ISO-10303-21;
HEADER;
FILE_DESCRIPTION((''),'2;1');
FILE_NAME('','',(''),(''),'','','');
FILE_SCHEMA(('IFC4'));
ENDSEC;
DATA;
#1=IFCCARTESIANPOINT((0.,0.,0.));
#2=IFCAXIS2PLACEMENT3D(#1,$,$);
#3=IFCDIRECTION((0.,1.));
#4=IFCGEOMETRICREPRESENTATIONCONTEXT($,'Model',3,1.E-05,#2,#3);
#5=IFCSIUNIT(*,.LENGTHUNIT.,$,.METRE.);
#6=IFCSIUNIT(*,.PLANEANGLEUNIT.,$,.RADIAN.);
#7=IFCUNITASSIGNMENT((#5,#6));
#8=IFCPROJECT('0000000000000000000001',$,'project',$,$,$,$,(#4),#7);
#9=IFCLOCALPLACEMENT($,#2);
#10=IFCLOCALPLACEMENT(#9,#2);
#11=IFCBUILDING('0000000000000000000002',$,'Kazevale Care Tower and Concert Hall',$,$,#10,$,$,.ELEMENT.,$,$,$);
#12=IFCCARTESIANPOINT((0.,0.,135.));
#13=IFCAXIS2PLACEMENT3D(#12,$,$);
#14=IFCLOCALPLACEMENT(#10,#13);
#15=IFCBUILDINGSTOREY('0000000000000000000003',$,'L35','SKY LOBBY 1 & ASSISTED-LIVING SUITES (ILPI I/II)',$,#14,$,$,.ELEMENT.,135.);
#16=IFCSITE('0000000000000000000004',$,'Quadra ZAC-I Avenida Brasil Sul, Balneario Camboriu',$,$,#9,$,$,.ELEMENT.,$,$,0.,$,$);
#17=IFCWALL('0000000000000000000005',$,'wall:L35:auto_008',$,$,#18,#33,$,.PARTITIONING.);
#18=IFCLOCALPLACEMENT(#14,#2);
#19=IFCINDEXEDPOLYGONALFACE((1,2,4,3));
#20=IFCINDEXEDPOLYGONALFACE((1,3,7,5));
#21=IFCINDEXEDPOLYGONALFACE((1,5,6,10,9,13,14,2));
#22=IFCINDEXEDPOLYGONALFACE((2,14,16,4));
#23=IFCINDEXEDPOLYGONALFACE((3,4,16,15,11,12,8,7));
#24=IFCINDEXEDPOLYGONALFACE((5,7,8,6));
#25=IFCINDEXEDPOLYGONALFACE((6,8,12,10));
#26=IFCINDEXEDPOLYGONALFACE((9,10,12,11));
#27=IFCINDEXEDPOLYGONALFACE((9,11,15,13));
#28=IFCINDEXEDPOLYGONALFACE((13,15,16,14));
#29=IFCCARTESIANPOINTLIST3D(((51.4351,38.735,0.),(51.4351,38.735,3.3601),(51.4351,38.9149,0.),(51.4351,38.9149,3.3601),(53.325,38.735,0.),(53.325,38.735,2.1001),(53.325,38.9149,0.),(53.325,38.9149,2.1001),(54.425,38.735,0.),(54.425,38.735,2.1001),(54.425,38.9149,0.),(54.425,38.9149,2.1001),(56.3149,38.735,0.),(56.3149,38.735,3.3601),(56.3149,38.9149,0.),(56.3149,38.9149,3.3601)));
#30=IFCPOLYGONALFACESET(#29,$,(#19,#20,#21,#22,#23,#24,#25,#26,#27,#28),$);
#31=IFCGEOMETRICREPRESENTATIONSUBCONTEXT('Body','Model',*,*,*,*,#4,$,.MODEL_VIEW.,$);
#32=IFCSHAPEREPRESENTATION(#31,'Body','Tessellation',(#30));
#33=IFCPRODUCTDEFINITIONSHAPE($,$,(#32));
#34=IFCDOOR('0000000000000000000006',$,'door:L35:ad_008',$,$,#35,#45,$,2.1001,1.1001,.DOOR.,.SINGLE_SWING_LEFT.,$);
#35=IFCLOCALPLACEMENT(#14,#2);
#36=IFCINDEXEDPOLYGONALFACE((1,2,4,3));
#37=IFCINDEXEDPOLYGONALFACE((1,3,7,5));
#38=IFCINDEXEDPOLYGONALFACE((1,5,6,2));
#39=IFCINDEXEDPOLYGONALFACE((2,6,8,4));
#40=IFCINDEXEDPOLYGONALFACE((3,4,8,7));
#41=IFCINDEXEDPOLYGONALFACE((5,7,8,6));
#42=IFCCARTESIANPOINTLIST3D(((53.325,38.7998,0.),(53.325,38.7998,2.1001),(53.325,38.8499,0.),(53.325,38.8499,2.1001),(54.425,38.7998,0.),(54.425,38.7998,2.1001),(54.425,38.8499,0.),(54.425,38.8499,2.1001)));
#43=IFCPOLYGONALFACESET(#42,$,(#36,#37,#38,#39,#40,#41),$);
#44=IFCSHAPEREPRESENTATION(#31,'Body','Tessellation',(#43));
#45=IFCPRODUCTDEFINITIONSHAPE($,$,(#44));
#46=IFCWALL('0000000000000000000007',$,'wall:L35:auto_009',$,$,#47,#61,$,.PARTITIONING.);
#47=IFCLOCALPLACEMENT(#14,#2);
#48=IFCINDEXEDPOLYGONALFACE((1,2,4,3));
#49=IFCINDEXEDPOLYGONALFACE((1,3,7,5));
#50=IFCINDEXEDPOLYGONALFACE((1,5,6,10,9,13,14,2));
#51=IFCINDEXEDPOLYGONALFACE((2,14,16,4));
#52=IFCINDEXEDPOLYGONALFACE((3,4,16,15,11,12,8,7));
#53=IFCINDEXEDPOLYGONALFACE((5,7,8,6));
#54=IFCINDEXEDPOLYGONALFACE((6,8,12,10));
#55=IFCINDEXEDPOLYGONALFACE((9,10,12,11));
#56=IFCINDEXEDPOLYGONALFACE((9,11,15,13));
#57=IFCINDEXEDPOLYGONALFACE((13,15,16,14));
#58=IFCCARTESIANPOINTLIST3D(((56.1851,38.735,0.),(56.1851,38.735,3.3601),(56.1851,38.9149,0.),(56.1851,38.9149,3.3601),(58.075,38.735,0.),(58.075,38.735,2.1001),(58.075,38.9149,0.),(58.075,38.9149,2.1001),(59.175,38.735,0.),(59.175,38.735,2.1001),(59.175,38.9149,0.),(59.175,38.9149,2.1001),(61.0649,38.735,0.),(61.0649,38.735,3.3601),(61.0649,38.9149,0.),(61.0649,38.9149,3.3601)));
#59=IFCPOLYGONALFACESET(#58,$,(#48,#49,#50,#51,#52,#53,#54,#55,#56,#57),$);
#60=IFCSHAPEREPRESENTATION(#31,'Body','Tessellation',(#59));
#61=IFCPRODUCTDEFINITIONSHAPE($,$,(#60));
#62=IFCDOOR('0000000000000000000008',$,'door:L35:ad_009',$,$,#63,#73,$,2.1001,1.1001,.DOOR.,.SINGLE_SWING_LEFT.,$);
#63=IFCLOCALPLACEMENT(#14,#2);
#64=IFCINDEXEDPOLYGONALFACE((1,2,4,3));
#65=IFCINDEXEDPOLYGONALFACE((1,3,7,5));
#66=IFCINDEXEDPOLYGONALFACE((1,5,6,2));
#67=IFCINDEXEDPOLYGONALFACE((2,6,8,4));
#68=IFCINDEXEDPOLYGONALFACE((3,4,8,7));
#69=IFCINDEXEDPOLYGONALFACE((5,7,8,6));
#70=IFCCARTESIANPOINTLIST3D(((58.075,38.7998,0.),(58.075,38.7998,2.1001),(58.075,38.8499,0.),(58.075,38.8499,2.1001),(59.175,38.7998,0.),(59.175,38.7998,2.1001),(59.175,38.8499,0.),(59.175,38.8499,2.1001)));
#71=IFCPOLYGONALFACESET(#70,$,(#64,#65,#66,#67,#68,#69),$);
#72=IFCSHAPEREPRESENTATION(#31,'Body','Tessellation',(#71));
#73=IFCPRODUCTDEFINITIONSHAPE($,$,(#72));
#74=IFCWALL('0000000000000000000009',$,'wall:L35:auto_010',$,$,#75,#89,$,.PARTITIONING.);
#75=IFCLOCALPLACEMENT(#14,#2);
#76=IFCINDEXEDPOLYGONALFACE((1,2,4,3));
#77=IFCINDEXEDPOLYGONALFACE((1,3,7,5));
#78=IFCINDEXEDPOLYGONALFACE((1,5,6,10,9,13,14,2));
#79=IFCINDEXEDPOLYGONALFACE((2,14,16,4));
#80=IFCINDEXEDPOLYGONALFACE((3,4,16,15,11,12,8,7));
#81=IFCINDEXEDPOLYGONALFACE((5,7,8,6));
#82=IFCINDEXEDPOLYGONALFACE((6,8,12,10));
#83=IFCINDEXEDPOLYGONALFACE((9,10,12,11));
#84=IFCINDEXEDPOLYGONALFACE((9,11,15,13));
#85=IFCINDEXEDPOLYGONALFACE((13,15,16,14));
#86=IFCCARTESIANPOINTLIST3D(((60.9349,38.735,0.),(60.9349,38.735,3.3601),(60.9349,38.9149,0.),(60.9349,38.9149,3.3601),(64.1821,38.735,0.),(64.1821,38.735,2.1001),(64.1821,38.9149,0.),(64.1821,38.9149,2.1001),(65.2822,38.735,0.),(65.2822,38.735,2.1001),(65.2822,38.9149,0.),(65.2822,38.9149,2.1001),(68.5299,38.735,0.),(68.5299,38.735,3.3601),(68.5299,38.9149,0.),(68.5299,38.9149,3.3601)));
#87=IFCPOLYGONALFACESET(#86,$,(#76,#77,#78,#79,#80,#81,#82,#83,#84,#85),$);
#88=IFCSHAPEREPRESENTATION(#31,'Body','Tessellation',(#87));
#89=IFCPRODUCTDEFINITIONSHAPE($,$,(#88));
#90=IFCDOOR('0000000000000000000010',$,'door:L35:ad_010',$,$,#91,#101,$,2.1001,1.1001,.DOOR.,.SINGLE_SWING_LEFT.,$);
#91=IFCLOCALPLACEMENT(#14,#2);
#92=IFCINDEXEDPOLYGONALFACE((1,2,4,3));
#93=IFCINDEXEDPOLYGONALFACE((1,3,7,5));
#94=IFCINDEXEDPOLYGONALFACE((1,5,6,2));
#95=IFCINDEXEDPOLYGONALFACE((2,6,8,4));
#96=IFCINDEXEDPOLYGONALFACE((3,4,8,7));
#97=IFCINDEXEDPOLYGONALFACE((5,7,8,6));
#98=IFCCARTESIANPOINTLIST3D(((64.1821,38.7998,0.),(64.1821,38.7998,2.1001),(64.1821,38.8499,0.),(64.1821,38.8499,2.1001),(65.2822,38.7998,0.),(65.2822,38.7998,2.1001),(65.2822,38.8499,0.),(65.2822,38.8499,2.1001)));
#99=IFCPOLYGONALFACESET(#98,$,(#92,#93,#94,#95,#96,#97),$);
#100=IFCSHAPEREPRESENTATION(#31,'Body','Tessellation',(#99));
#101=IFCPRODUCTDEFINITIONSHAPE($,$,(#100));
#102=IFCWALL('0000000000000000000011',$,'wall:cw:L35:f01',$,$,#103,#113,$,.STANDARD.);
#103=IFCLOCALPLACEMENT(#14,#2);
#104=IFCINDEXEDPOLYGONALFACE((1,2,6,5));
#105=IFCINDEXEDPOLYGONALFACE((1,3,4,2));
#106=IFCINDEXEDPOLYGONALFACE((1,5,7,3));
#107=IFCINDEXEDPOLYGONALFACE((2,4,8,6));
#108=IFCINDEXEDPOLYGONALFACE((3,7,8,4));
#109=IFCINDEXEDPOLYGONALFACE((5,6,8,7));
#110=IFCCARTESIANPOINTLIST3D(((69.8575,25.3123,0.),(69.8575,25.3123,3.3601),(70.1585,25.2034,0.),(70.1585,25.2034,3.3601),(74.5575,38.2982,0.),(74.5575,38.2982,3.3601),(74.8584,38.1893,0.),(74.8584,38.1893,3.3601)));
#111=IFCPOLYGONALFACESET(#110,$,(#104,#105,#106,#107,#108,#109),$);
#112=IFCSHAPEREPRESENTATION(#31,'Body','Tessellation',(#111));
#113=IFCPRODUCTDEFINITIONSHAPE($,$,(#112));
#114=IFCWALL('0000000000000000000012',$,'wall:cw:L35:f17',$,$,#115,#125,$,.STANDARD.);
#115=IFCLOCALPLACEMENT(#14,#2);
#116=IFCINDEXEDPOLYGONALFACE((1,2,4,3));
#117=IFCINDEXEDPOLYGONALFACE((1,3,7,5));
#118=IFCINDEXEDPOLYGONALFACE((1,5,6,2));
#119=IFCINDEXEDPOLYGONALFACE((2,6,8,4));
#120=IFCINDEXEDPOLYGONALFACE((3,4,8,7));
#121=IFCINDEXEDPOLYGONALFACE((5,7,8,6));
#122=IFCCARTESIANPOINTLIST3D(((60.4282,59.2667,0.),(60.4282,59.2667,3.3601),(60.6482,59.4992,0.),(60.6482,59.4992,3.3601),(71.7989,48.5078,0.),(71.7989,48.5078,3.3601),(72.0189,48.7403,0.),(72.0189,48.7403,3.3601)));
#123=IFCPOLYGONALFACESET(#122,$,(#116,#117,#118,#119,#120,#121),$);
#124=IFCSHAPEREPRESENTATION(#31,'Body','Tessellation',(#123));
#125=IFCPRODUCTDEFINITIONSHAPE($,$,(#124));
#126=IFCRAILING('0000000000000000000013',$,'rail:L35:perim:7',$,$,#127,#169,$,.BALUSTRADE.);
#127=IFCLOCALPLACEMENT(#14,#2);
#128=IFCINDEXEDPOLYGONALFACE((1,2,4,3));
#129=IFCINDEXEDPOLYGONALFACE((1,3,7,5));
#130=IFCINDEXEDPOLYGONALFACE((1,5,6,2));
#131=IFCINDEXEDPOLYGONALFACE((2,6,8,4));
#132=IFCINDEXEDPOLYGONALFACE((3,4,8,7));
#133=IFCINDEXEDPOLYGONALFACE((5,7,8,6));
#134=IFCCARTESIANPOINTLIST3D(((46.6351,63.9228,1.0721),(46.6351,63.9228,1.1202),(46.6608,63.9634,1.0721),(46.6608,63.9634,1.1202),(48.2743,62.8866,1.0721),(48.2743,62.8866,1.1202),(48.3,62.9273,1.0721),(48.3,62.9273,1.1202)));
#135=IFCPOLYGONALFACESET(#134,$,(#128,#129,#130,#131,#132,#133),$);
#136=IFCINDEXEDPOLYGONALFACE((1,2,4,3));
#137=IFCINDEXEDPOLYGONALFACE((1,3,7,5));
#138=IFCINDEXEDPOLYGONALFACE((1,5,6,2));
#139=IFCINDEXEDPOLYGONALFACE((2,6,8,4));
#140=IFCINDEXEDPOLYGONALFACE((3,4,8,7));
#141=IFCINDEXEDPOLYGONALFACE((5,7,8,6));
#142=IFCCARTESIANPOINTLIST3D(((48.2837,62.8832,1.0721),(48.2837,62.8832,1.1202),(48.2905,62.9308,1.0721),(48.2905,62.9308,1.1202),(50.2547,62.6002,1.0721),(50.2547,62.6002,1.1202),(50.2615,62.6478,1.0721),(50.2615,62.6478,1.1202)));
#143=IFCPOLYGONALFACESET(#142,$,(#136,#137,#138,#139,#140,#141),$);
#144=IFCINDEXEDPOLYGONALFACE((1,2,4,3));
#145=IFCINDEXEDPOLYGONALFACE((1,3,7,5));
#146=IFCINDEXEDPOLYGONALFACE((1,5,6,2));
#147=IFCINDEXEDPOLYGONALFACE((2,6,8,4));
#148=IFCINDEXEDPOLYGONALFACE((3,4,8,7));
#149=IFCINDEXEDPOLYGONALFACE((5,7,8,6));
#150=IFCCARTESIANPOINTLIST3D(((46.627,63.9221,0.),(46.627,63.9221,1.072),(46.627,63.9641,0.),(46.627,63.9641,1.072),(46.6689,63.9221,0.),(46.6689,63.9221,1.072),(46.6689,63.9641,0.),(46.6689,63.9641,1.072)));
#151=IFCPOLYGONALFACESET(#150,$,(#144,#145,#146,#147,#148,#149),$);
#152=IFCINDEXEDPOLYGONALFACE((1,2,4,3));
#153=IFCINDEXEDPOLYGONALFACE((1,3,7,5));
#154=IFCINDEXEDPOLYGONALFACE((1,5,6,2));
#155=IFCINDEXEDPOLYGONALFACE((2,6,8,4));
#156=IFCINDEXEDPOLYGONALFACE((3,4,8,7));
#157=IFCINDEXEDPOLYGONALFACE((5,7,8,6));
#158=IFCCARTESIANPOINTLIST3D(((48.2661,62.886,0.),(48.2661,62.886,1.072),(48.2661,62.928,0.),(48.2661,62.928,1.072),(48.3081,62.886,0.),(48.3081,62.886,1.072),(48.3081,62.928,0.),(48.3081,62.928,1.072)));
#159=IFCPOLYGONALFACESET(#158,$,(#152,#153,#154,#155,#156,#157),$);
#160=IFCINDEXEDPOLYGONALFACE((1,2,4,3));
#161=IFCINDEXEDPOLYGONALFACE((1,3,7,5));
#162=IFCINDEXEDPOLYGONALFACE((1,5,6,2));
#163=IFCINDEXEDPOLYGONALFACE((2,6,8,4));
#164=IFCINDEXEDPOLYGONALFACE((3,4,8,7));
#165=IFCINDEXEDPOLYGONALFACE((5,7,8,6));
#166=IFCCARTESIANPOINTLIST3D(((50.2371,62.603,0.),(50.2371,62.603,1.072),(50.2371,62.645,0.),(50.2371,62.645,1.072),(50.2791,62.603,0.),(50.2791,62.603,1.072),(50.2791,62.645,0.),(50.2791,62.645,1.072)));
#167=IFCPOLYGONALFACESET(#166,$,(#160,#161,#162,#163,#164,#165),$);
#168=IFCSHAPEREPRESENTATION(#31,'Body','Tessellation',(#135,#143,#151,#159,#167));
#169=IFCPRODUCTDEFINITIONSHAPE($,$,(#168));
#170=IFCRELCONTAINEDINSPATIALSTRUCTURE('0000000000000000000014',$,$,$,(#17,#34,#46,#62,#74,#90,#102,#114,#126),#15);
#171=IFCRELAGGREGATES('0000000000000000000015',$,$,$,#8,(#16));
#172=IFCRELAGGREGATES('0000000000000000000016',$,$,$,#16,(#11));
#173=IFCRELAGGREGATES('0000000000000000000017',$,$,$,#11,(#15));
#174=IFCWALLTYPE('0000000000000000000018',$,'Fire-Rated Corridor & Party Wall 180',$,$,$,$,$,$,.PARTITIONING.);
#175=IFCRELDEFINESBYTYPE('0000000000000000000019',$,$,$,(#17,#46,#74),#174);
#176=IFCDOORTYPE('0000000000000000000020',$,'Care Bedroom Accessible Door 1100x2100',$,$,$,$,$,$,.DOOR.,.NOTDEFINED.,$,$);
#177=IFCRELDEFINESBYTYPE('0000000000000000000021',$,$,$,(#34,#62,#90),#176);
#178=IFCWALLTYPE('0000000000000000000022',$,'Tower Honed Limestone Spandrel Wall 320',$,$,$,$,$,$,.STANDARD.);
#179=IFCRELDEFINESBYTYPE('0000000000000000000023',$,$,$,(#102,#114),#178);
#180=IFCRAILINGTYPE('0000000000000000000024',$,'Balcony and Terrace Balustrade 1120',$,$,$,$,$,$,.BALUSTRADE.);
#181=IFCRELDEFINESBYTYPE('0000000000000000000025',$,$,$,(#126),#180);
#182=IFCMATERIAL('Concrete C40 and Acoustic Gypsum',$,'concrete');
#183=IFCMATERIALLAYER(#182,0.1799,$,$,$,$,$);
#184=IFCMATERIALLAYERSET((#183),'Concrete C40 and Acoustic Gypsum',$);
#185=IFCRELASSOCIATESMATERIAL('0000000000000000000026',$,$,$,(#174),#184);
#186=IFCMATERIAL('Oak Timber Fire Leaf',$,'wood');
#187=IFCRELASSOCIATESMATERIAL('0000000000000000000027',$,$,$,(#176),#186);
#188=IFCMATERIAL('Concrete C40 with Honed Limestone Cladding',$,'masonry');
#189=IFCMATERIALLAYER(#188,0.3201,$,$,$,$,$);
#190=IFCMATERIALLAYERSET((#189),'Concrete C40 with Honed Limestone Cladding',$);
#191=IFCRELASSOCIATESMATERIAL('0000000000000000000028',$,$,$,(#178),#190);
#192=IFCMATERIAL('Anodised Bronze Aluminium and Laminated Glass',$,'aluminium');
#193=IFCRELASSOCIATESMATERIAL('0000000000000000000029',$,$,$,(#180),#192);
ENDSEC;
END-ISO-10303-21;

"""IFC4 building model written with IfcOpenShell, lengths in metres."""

from ifc_helpers import new_model, si_unit, direction, frame, frame_2d, origin, origin_2d, place, context, subcontext, project, spatial, rectangle, extrude, material, layer, layer_set, type_object, element, fill, save


model = new_model("IFC4")

# Units and contexts
model_context = context("Model", 3, precision=1e-05, world=origin(), true_north=direction((0.0, 1.0)))
body_context = subcontext(model_context, "Body", "Model", "MODEL_VIEW")
ifc_project = project(units=[si_unit("LENGTHUNIT", "METRE"), si_unit("PLANEANGLEUNIT", "RADIAN")], contexts=[model_context])

# Site, building, storey
site_placement = place(None, origin())
site = spatial("IfcSite", under=ifc_project, at=site_placement, Name="Quadra ZAC-I Avenida Brasil Sul, Balneario Camboriu", CompositionType="ELEMENT", RefElevation=0.0)
building_placement = place(site_placement, origin())
building = spatial("IfcBuilding", under=site, at=building_placement, Name="Kazevale Care Tower and Concert Hall", CompositionType="ELEMENT")
storey_placement = place(building_placement, frame((0.0, 0.0, 135.0)))
storey = spatial("IfcBuildingStorey", under=building, at=storey_placement, Name="L35", Description="SKY LOBBY 1 & ASSISTED-LIVING SUITES (ILPI I/II)", CompositionType="ELEMENT", Elevation=135.0)

# Walls, openings, doors
ifc_material_1 = material(Name="Concrete C40 and Acoustic Gypsum", Category="concrete")
ifc_layer_1 = layer(ifc_material_1, 0.1799)
ifc_layer_set_1 = layer_set([ifc_layer_1], Name="Concrete C40 and Acoustic Gypsum")
wall_type_1 = type_object("IfcWallType", Name="Fire-Rated Corridor & Party Wall 180", PredefinedType="PARTITIONING", material=ifc_layer_set_1)
wall_1_placement = place(storey_placement, frame((51.4351, 38.825, 0.0), z_axis=(0.0, 0.0, 1.0), x_axis=(1.0, 0.0, 0.0)))
wall_1 = element("IfcWall", 1, at=wall_1_placement, inside=storey, type_object=wall_type_1, Name="wall:L35:auto_008", PredefinedType="PARTITIONING", context=body_context, shape_type="SweptSolid", body=[
    extrude(rectangle(XDim=4.8799, YDim=0.1799, at=frame_2d((2.4399, 0.0))), origin(), (0.0, 0.0, 1.0), 3.3601),
])
opening_1_placement = place(wall_1_placement, frame((1.8899, 0.0, 0.0)))
opening_1 = element("IfcOpeningElement", 2, at=opening_1_placement, cuts=wall_1, PredefinedType="OPENING", context=body_context, shape_type="SweptSolid", body=[
    extrude(rectangle(XDim=1.1001, YDim=2.1001, at=frame_2d((0.55, 1.05))), frame((0.0, 0.0999, 0.0), z_axis=(0.0, -1.0, 0.0), x_axis=(1.0, 0.0, 0.0)), (0.0, 0.0, 1.0), 0.2),
])
ifc_material_2 = material(Name="Oak Timber Fire Leaf", Category="wood")
door_type = type_object("IfcDoorType", Name="Care Bedroom Accessible Door 1100x2100", OperationType="NOTDEFINED", PredefinedType="DOOR", material=ifc_material_2)
door_1_placement = place(opening_1_placement, origin())
door_1 = element("IfcDoor", 3, at=door_1_placement, inside=storey, type_object=door_type, Name="door:L35:ad_008", OperationType="SINGLE_SWING_LEFT", OverallHeight=2.1001, OverallWidth=1.1001, PredefinedType="DOOR", context=body_context, shape_type="SweptSolid", body=[
    extrude(rectangle(XDim=1.1001, YDim=2.1001, at=frame_2d((0.55, 1.05))), frame((0.0, 0.0249, 0.0), z_axis=(0.0, -1.0, 0.0), x_axis=(1.0, 0.0, 0.0)), (0.0, 0.0, 1.0), 0.05),
])
fill(opening_1, door_1)
wall_2_placement = place(storey_placement, frame((56.1851, 38.825, 0.0), z_axis=(0.0, 0.0, 1.0), x_axis=(1.0, 0.0, 0.0)))
wall_2 = element("IfcWall", 4, at=wall_2_placement, inside=storey, type_object=wall_type_1, Name="wall:L35:auto_009", PredefinedType="PARTITIONING", context=body_context, shape_type="SweptSolid", body=[
    extrude(rectangle(XDim=4.8799, YDim=0.1799, at=frame_2d((2.4399, 0.0))), origin(), (0.0, 0.0, 1.0), 3.3601),
])
opening_2_placement = place(wall_2_placement, frame((1.8899, 0.0, 0.0)))
opening_2 = element("IfcOpeningElement", 5, at=opening_2_placement, cuts=wall_2, PredefinedType="OPENING", context=body_context, shape_type="SweptSolid", body=[
    extrude(rectangle(XDim=1.1001, YDim=2.1001, at=frame_2d((0.55, 1.05))), frame((0.0, 0.0999, 0.0), z_axis=(0.0, -1.0, 0.0), x_axis=(1.0, 0.0, 0.0)), (0.0, 0.0, 1.0), 0.2),
])
door_2_placement = place(opening_2_placement, origin())
door_2 = element("IfcDoor", 6, at=door_2_placement, inside=storey, type_object=door_type, Name="door:L35:ad_009", OperationType="SINGLE_SWING_LEFT", OverallHeight=2.1001, OverallWidth=1.1001, PredefinedType="DOOR", context=body_context, shape_type="SweptSolid", body=[
    extrude(rectangle(XDim=1.1001, YDim=2.1001, at=frame_2d((0.55, 1.05))), frame((0.0, 0.0249, 0.0), z_axis=(0.0, -1.0, 0.0), x_axis=(1.0, 0.0, 0.0)), (0.0, 0.0, 1.0), 0.05),
])
fill(opening_2, door_2)
wall_3_placement = place(storey_placement, frame((60.9351, 38.825, 0.0), z_axis=(0.0, 0.0, 1.0), x_axis=(1.0, 0.0, 0.0)))
wall_3 = element("IfcWall", 7, at=wall_3_placement, inside=storey, type_object=wall_type_1, Name="wall:L35:auto_010", PredefinedType="PARTITIONING", context=body_context, shape_type="SweptSolid", body=[
    extrude(rectangle(XDim=7.595, YDim=0.1799, at=frame_2d((3.7974, 0.0))), origin(), (0.0, 0.0, 1.0), 3.3601),
])
opening_3_placement = place(wall_3_placement, frame((3.2471, 0.0, 0.0)))
opening_3 = element("IfcOpeningElement", 8, at=opening_3_placement, cuts=wall_3, PredefinedType="OPENING", context=body_context, shape_type="SweptSolid", body=[
    extrude(rectangle(XDim=1.1001, YDim=2.1001, at=frame_2d((0.55, 1.05))), frame((0.0, 0.0999, 0.0), z_axis=(0.0, -1.0, 0.0), x_axis=(1.0, 0.0, 0.0)), (0.0, 0.0, 1.0), 0.2),
])
door_3_placement = place(opening_3_placement, origin())
door_3 = element("IfcDoor", 9, at=door_3_placement, inside=storey, type_object=door_type, Name="door:L35:ad_010", OperationType="SINGLE_SWING_LEFT", OverallHeight=2.1001, OverallWidth=1.1001, PredefinedType="DOOR", context=body_context, shape_type="SweptSolid", body=[
    extrude(rectangle(XDim=1.1001, YDim=2.1001, at=frame_2d((0.55, 1.05))), frame((0.0, 0.0249, 0.0), z_axis=(0.0, -1.0, 0.0), x_axis=(1.0, 0.0, 0.0)), (0.0, 0.0, 1.0), 0.05),
])
fill(opening_3, door_3)

# Walls
ifc_material_3 = material(Name="Concrete C40 with Honed Limestone Cladding", Category="masonry")
ifc_layer_2 = layer(ifc_material_3, 0.3201)
ifc_layer_set_2 = layer_set([ifc_layer_2], Name="Concrete C40 with Honed Limestone Cladding")
wall_type_2 = type_object("IfcWallType", Name="Tower Honed Limestone Spandrel Wall 320", PredefinedType="STANDARD", material=ifc_layer_set_2)
wall_4_placement = place(storey_placement, frame((74.708, 38.2439, 0.0), z_axis=(0.0, 0.0, 1.0), x_axis=(-0.340325, -0.940308, 0.0)))
element("IfcWall", 10, at=wall_4_placement, inside=storey, type_object=wall_type_2, Name="wall:cw:L35:f01", PredefinedType="STANDARD", context=body_context, shape_type="SweptSolid", body=[
    extrude(rectangle(XDim=13.8103, YDim=0.3201, at=frame_2d((6.9053, 0.0))), origin(), (0.0, 0.0, 1.0), 3.3601),
])
wall_5_placement = place(storey_placement, frame((60.5381, 59.3831, 0.0), z_axis=(0.0, 0.0, 1.0), x_axis=(0.726378, -0.687295, 0.0)))
element("IfcWall", 11, at=wall_5_placement, inside=storey, type_object=wall_type_2, Name="wall:cw:L35:f17", PredefinedType="STANDARD", context=body_context, shape_type="SweptSolid", body=[
    extrude(rectangle(XDim=15.6541, YDim=0.3201, at=frame_2d((7.8271, 0.0))), origin(), (0.0, 0.0, 1.0), 3.3601),
])

# Railing
ifc_material_4 = material(Name="Anodised Bronze Aluminium and Laminated Glass", Category="aluminium")
railing_type = type_object("IfcRailingType", Name="Balcony and Terrace Balustrade 1120", PredefinedType="BALUSTRADE", material=ifc_material_4)
railing_1_placement = place(storey_placement, frame((46.6479, 63.9431, 0.0)))
element("IfcRailing", 12, at=railing_1_placement, inside=storey, type_object=railing_type, Name="rail:L35:perim:7", PredefinedType="BALUSTRADE", context=body_context, shape_type="SweptSolid", body=[
    extrude(rectangle(XDim=0.0481, YDim=0.0481, at=origin_2d()), frame((0.0, 0.0, 1.0962), z_axis=(0.845285, -0.534315, 0.0), x_axis=(0.534315, 0.845285, 0.0)), (0.0, 0.0, 1.0), 1.9392),
    extrude(rectangle(XDim=0.0481, YDim=0.0481, at=origin_2d()), frame((1.6392, -1.0361, 1.0962), z_axis=(0.989851, -0.142108, 0.0), x_axis=(0.142108, 0.989851, 0.0)), (0.0, 0.0, 1.0), 1.9912),
    extrude(rectangle(XDim=0.042, YDim=0.042, at=origin_2d()), origin(), (0.0, 0.0, 1.0), 1.072),
    extrude(rectangle(XDim=0.042, YDim=0.042, at=origin_2d()), frame((1.6392, -1.0361, 0.0)), (0.0, 0.0, 1.0), 1.072),
    extrude(rectangle(XDim=0.042, YDim=0.042, at=origin_2d()), frame((3.6101, -1.3191, 0.0)), (0.0, 0.0, 1.0), 1.072),
])

save(model, "model.ifc")
